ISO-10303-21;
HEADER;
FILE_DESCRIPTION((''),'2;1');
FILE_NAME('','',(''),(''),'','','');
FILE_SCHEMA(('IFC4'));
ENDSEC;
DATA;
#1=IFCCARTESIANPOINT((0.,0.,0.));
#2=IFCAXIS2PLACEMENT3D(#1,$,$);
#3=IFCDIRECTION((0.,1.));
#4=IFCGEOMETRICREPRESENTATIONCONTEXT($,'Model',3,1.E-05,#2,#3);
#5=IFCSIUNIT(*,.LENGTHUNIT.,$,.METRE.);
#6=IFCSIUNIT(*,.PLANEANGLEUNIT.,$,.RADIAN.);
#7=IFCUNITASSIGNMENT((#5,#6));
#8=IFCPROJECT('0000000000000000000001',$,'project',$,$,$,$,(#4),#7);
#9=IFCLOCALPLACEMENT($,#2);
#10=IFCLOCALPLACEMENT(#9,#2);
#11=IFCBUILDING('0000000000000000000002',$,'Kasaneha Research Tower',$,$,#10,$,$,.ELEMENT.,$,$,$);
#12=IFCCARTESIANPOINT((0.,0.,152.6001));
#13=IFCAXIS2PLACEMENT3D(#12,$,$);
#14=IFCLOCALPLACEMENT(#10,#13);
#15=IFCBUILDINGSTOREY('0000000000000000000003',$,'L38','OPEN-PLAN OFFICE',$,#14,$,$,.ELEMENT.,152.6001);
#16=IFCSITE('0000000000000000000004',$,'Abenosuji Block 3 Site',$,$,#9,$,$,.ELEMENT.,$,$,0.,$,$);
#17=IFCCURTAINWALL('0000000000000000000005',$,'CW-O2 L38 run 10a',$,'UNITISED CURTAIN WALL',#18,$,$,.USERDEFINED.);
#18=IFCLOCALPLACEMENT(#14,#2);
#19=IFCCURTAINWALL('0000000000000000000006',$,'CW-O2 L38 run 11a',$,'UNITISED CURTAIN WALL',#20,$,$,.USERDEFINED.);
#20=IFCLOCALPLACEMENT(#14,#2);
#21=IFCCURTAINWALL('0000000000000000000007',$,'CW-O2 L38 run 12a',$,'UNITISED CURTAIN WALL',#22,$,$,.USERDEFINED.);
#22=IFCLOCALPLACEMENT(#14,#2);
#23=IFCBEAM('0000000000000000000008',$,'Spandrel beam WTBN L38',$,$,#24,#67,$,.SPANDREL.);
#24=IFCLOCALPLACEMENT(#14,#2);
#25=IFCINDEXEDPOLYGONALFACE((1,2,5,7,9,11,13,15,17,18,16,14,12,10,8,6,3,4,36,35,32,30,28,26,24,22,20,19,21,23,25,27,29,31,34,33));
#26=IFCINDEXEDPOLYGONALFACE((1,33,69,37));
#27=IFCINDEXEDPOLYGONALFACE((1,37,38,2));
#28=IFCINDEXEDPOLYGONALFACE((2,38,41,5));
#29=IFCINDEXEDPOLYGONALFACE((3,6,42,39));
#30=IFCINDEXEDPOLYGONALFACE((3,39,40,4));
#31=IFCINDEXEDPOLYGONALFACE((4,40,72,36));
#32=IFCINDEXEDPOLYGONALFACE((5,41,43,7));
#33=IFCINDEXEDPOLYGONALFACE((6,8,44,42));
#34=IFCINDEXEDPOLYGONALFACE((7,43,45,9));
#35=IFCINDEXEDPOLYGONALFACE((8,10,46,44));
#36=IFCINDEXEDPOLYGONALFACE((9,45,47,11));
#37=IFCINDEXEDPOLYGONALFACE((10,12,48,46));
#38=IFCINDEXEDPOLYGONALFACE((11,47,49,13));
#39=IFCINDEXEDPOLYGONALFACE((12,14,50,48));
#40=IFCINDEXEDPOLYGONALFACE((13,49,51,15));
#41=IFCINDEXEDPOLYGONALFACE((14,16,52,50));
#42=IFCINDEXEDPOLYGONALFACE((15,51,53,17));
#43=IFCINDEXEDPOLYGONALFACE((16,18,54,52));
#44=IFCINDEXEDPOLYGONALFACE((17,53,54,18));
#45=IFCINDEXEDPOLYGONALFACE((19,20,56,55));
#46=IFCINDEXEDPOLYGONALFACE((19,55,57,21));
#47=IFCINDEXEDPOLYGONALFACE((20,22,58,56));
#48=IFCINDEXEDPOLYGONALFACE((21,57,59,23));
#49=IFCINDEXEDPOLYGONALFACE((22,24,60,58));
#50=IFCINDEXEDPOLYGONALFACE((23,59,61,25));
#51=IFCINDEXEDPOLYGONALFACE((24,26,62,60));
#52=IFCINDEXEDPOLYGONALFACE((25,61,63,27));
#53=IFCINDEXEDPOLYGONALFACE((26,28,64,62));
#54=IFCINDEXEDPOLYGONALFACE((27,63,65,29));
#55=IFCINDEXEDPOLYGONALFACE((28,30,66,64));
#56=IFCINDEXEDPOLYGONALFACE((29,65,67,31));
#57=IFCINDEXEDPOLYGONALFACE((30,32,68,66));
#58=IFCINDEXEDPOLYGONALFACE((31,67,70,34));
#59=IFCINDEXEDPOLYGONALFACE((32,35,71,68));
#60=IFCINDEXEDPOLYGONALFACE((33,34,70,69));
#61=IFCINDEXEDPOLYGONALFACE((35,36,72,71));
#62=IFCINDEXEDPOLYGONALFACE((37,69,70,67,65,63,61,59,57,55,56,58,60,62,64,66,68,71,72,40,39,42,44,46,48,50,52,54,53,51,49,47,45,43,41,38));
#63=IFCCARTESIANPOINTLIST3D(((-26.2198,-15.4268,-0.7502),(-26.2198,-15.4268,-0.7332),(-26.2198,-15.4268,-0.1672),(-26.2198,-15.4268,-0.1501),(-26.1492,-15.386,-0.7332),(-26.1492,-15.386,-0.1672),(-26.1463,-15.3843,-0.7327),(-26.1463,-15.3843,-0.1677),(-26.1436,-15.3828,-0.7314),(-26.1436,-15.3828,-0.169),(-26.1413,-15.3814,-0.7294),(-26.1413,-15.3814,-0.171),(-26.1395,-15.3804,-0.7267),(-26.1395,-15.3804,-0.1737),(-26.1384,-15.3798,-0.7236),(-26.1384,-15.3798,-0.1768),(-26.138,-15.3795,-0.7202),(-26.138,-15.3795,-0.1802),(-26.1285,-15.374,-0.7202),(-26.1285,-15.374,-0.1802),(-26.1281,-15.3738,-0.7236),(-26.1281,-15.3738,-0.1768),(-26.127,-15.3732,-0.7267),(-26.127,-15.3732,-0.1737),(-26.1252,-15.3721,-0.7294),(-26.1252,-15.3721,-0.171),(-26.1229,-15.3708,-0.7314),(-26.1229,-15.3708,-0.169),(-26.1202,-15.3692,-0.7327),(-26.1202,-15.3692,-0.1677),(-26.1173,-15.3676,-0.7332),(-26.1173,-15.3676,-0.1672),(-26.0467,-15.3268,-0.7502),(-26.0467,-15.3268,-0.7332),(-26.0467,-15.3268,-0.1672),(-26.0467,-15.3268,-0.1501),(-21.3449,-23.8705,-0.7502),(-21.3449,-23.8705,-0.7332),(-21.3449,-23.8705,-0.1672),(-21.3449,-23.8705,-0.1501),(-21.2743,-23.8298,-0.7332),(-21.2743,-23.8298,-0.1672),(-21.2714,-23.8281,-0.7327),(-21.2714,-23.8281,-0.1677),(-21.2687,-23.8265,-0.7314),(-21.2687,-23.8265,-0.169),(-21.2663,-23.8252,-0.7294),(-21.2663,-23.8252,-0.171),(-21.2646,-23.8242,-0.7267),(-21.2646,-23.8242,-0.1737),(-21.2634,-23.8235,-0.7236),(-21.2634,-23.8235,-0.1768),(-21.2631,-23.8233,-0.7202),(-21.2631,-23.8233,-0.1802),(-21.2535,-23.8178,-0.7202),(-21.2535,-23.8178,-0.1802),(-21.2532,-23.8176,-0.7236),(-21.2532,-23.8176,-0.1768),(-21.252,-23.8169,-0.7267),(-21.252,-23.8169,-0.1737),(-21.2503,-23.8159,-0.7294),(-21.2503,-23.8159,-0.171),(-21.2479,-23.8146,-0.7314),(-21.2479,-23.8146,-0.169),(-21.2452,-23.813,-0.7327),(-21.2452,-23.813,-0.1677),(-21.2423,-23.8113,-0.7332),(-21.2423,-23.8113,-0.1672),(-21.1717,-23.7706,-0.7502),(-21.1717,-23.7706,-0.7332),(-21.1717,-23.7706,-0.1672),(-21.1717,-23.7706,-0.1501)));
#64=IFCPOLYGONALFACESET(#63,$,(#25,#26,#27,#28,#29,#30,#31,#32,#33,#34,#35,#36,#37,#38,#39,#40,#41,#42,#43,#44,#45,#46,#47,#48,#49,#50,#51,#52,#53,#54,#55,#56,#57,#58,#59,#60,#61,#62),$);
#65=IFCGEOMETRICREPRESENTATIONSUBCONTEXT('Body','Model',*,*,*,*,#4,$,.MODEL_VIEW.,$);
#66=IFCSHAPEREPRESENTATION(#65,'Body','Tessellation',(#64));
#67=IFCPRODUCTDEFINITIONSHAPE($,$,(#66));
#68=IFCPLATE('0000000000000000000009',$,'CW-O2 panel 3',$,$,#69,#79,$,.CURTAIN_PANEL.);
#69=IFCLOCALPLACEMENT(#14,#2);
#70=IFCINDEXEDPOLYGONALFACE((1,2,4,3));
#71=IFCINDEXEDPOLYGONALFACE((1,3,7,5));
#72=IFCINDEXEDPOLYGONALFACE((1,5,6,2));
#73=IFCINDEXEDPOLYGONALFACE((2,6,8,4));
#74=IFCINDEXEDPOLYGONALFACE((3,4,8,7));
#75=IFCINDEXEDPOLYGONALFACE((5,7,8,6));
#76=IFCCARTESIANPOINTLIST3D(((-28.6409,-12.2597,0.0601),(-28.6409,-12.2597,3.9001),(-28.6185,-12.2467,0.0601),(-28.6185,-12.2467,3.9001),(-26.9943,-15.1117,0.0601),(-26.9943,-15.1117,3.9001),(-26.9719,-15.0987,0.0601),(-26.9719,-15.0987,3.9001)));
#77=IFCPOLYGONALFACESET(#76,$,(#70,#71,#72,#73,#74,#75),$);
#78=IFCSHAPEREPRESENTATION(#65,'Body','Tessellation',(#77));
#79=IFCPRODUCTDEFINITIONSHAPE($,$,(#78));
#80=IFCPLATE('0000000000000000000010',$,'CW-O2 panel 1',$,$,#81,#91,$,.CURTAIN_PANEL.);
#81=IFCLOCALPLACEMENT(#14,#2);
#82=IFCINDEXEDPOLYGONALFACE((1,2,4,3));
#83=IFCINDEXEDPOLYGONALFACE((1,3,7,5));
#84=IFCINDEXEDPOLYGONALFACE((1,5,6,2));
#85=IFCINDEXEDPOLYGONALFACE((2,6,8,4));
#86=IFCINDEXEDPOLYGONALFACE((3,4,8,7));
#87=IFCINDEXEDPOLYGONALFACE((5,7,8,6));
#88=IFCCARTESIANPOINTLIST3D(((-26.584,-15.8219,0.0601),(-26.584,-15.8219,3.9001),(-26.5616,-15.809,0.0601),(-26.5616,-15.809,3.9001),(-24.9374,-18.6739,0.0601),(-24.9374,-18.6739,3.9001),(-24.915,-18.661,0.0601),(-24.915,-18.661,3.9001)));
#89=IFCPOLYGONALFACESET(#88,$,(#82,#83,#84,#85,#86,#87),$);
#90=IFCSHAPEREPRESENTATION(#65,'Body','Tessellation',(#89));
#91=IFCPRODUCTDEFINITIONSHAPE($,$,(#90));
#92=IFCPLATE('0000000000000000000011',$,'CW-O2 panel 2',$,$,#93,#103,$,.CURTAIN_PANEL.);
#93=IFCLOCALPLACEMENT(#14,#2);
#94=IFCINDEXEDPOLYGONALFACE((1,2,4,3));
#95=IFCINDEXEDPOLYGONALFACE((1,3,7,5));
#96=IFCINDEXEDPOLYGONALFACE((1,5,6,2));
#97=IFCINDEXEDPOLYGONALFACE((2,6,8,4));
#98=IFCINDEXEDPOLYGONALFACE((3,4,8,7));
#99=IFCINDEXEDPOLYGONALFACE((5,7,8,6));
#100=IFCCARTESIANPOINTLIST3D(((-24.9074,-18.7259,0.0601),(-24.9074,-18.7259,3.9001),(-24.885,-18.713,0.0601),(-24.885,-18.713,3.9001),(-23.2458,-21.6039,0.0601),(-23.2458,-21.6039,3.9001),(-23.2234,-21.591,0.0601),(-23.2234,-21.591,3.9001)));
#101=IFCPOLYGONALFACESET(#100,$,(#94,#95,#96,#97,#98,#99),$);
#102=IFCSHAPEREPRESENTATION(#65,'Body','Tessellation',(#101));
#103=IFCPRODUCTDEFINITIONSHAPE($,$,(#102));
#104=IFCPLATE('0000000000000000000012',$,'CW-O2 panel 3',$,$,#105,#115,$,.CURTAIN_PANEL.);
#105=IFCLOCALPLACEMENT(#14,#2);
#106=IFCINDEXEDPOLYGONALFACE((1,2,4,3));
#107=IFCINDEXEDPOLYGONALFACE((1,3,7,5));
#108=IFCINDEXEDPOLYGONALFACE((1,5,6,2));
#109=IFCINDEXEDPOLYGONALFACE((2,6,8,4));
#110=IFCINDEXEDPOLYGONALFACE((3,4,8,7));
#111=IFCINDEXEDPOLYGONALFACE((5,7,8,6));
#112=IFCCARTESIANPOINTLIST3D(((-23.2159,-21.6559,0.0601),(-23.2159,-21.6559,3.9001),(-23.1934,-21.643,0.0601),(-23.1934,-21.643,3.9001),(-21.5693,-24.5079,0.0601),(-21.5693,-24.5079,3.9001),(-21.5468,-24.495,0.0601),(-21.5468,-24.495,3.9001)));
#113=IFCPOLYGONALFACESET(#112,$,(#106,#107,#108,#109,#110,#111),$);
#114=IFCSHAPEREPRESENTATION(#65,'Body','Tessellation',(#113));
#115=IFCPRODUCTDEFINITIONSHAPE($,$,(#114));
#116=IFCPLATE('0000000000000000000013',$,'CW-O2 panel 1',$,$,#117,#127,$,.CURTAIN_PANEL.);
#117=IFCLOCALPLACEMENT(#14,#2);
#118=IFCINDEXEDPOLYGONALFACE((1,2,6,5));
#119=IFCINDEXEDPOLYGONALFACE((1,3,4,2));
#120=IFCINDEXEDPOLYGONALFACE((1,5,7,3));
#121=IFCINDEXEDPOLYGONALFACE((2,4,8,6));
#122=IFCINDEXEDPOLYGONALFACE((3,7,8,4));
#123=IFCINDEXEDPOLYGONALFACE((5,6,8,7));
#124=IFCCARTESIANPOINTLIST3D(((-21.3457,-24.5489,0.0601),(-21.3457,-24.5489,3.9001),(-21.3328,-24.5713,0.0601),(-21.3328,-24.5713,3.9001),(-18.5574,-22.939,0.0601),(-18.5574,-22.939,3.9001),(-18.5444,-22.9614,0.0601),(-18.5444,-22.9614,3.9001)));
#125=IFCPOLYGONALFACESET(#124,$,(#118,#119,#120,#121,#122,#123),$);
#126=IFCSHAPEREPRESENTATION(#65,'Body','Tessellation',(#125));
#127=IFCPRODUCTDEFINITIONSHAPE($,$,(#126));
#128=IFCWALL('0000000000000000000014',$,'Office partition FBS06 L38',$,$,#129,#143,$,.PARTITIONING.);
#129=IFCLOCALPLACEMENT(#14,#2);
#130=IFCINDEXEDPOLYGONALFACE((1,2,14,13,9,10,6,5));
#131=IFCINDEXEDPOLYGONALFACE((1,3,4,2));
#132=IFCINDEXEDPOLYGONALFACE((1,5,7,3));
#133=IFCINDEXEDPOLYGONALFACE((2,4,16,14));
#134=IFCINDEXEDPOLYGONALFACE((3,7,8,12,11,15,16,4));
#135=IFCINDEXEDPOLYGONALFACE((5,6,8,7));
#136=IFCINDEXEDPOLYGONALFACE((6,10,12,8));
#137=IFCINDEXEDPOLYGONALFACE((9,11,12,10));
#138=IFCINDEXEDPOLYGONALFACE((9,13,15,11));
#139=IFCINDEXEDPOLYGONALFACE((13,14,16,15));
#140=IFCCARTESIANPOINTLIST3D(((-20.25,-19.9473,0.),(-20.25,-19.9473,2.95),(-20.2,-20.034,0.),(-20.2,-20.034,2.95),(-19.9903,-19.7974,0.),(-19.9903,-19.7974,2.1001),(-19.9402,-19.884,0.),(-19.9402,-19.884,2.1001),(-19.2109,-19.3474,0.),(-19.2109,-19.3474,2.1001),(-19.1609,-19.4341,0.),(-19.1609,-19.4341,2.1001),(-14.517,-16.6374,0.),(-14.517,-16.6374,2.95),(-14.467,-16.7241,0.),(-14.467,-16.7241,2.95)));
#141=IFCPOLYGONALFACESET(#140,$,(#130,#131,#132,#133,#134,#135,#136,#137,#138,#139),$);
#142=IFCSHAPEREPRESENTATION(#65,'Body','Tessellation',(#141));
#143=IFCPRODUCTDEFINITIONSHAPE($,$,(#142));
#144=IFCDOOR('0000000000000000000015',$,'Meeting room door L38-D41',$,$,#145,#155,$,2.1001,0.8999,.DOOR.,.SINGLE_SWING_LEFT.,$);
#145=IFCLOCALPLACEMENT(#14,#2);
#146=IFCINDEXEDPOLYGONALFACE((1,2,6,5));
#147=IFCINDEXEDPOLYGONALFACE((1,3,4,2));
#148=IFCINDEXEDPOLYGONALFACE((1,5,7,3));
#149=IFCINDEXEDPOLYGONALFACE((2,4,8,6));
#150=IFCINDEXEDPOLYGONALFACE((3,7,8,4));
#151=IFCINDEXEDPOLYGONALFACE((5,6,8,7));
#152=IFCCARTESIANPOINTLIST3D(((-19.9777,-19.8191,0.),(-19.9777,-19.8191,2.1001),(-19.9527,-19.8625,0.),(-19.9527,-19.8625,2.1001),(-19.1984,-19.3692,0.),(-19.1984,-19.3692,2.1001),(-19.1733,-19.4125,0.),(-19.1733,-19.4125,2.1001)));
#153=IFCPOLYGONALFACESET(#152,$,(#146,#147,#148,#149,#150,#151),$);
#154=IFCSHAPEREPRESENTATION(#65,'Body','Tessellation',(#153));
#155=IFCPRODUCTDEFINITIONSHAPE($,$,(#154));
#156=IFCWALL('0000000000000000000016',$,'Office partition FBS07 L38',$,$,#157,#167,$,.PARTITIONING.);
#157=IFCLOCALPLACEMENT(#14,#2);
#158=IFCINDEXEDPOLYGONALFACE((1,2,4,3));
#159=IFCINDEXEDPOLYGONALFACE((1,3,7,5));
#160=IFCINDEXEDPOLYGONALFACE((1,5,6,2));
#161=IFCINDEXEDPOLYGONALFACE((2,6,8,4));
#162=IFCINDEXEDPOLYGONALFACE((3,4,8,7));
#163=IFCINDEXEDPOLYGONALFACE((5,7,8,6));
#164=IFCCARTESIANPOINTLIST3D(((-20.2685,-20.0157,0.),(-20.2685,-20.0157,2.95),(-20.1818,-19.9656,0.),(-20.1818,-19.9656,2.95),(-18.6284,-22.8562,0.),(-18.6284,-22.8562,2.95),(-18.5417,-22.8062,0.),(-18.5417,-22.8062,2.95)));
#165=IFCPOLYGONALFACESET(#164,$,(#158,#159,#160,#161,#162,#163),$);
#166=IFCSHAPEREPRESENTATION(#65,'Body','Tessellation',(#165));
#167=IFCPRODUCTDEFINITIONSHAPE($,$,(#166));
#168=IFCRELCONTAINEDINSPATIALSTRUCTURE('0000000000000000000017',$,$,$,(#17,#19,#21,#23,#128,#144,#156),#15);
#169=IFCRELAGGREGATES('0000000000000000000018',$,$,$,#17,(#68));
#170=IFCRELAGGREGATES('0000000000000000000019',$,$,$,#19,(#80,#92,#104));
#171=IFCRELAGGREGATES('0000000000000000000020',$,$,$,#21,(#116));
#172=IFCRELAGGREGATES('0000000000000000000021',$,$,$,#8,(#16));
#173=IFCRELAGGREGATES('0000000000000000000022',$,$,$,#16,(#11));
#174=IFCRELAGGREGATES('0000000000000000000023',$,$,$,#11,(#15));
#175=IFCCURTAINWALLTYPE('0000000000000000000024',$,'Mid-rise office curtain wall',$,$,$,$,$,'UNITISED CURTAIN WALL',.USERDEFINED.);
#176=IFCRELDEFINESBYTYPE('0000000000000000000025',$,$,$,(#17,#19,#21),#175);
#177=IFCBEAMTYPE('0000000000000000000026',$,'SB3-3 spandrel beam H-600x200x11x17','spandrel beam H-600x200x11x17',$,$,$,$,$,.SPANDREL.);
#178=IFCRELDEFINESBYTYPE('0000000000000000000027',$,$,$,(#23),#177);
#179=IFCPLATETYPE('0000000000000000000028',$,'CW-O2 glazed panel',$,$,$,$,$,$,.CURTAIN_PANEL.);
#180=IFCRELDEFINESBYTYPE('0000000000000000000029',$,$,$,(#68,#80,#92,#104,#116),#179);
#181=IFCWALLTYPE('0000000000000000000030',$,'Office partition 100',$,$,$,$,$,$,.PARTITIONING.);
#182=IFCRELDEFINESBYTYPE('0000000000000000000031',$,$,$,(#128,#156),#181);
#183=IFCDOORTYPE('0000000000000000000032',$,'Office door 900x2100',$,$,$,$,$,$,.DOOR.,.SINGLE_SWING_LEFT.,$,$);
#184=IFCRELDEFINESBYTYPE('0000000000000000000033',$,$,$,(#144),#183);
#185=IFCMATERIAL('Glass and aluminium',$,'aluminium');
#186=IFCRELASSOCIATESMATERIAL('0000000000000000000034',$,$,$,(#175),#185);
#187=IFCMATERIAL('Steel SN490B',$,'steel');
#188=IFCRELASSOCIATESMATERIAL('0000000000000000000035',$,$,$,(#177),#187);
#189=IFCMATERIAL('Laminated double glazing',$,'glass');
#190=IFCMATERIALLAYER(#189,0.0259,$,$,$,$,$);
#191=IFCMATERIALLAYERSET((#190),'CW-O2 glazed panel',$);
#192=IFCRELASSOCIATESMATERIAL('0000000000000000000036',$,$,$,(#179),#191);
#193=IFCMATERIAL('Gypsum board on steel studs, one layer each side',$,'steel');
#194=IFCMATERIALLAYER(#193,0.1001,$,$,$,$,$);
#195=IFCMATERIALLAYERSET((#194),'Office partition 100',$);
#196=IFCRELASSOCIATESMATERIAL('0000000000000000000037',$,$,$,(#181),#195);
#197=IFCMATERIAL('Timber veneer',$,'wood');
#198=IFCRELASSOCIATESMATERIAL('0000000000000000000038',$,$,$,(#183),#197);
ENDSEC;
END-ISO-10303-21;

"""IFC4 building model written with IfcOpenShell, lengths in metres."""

from ifc_helpers import new_model, si_unit, direction, frame, frame_2d, origin, origin_2d, place, context, subcontext, project, spatial, rectangle, i_section, extrude, material, layer, layer_set, material_profile, profile_set, type_object, element, fill, aggregate, save


model = new_model("IFC4")

# Units and contexts
model_context = context("Model", 3, precision=1e-05, world=origin(), true_north=direction((0.0, 1.0)))
body_context = subcontext(model_context, "Body", "Model", "MODEL_VIEW")
ifc_project = project(units=[si_unit("LENGTHUNIT", "METRE"), si_unit("PLANEANGLEUNIT", "RADIAN")], contexts=[model_context])

# Site, building, storey
site_placement = place(None, origin())
site = spatial("IfcSite", under=ifc_project, at=site_placement, Name="Abenosuji Block 3 Site", CompositionType="ELEMENT", RefElevation=0.0)
building_placement = place(site_placement, origin())
building = spatial("IfcBuilding", under=site, at=building_placement, Name="Kasaneha Research Tower", CompositionType="ELEMENT")
storey_placement = place(building_placement, frame((0.0, 0.0, 152.6001)))
storey = spatial("IfcBuildingStorey", under=building, at=storey_placement, Name="L38", Description="OPEN-PLAN OFFICE", CompositionType="ELEMENT", Elevation=152.6001)

# Curtain wall
ifc_material_1 = material(Name="Glass and aluminium", Category="aluminium")
curtain_wall_type = type_object("IfcCurtainWallType", Name="Mid-rise office curtain wall", ElementType="UNITISED CURTAIN WALL", PredefinedType="USERDEFINED", material=ifc_material_1)
curtain_wall_1_placement = place(storey_placement, origin())
curtain_wall_1 = element("IfcCurtainWall", 1, at=curtain_wall_1_placement, inside=storey, type_object=curtain_wall_type, Name="CW-O2 L38 run 10a", ObjectType="UNITISED CURTAIN WALL", PredefinedType="USERDEFINED")

# Curtain walls
curtain_wall_2_placement = place(storey_placement, origin())
curtain_wall_2 = element("IfcCurtainWall", 2, at=curtain_wall_2_placement, inside=storey, type_object=curtain_wall_type, Name="CW-O2 L38 run 11a", ObjectType="UNITISED CURTAIN WALL", PredefinedType="USERDEFINED")
curtain_wall_3_placement = place(storey_placement, origin())
curtain_wall_3 = element("IfcCurtainWall", 3, at=curtain_wall_3_placement, inside=storey, type_object=curtain_wall_type, Name="CW-O2 L38 run 12a", ObjectType="UNITISED CURTAIN WALL", PredefinedType="USERDEFINED")

# Beam
ifc_material_2 = material(Name="Steel SN490B", Category="steel")
ifc_material_profile_1 = material_profile(ifc_material_2, i_section(OverallWidth=0.2, OverallDepth=0.6001, WebThickness=0.011, FlangeThickness=0.0171, FilletRadius=0.0129, at=origin_2d()), Name="H-600x200x11x17")
ifc_profile_set_1 = profile_set([ifc_material_profile_1], Name="Steel SN490B")
beam_type = type_object("IfcBeamType", Name="SB3-3 spandrel beam H-600x200x11x17", Description="spandrel beam H-600x200x11x17", PredefinedType="SPANDREL", material=ifc_profile_set_1)
beam_placement = place(storey_placement, frame((-21.2583, -23.8206, -0.4502), z_axis=(-0.499996, 0.866028, 0.0), x_axis=(-0.866028, -0.499996, 0.0)))
element("IfcBeam", 4, at=beam_placement, inside=storey, type_object=beam_type, Name="Spandrel beam WTBN L38", PredefinedType="SPANDREL", context=body_context, shape_type="SweptSolid", body=[
    extrude(i_section(OverallWidth=0.2, OverallDepth=0.6001, WebThickness=0.011, FlangeThickness=0.0171, FilletRadius=0.0129, at=origin_2d()), origin(), (0.0, 0.0, 1.0), 9.75),
])

# Plates
ifc_material_3 = material(Name="Laminated double glazing", Category="glass")
ifc_layer_1 = layer(ifc_material_3, 0.0259)
ifc_layer_set_1 = layer_set([ifc_layer_1], Name="CW-O2 glazed panel")
plate_type = type_object("IfcPlateType", Name="CW-O2 glazed panel", PredefinedType="CURTAIN_PANEL", material=ifc_layer_set_1)
plate_1_placement = place(storey_placement, frame((-27.8064, -13.6792, 0.0601), z_axis=(0.0, 0.0, 1.0), x_axis=(0.5, -0.866025, 0.0)))
plate_1 = element("IfcPlate", 5, at=plate_1_placement, type_object=plate_type, Name="CW-O2 panel 3", PredefinedType="CURTAIN_PANEL", context=body_context, shape_type="SweptSolid", body=[
    extrude(rectangle(XDim=3.2932, YDim=0.0259, at=origin_2d()), origin(), (0.0, 0.0, 1.0), 3.8401),
])
aggregate(curtain_wall_1, [plate_1])
plate_2_placement = place(storey_placement, frame((-25.7495, -17.2415, 0.0601), z_axis=(0.0, 0.0, 1.0), x_axis=(0.5, -0.866025, 0.0)))
plate_2 = element("IfcPlate", 6, at=plate_2_placement, type_object=plate_type, Name="CW-O2 panel 1", PredefinedType="CURTAIN_PANEL", context=body_context, shape_type="SweptSolid", body=[
    extrude(rectangle(XDim=3.2932, YDim=0.0259, at=origin_2d()), origin(), (0.0, 0.0, 1.0), 3.8401),
])
plate_3_placement = place(storey_placement, frame((-24.0654, -20.1584, 0.0601), z_axis=(0.0, 0.0, 1.0), x_axis=(0.5, -0.866025, 0.0)))
plate_3 = element("IfcPlate", 7, at=plate_3_placement, type_object=plate_type, Name="CW-O2 panel 2", PredefinedType="CURTAIN_PANEL", context=body_context, shape_type="SweptSolid", body=[
    extrude(rectangle(XDim=3.3232, YDim=0.0259, at=origin_2d()), origin(), (0.0, 0.0, 1.0), 3.8401),
])
plate_4_placement = place(storey_placement, frame((-22.3813, -23.0754, 0.0601), z_axis=(0.0, 0.0, 1.0), x_axis=(0.5, -0.866025, 0.0)))
plate_4 = element("IfcPlate", 8, at=plate_4_placement, type_object=plate_type, Name="CW-O2 panel 3", PredefinedType="CURTAIN_PANEL", context=body_context, shape_type="SweptSolid", body=[
    extrude(rectangle(XDim=3.2932, YDim=0.0259, at=origin_2d()), origin(), (0.0, 0.0, 1.0), 3.8401),
])
aggregate(curtain_wall_2, [plate_2, plate_3, plate_4])
plate_5_placement = place(storey_placement, frame((-19.9451, -23.7551, 0.0601), z_axis=(0.0, 0.0, 1.0), x_axis=(0.866025, 0.5, 0.0)))
plate_5 = element("IfcPlate", 9, at=plate_5_placement, type_object=plate_type, Name="CW-O2 panel 1", PredefinedType="CURTAIN_PANEL", context=body_context, shape_type="SweptSolid", body=[
    extrude(rectangle(XDim=3.2197, YDim=0.0259, at=origin_2d()), origin(), (0.0, 0.0, 1.0), 3.8401),
])
aggregate(curtain_wall_3, [plate_5])

# Wall, opening, door
ifc_material_4 = material(Name="Gypsum board on steel studs, one layer each side", Category="steel")
ifc_layer_2 = layer(ifc_material_4, 0.1001)
ifc_layer_set_2 = layer_set([ifc_layer_2], Name="Office partition 100")
wall_type = type_object("IfcWallType", Name="Office partition 100", PredefinedType="PARTITIONING", material=ifc_layer_set_2)
wall_1_placement = place(storey_placement, frame((-20.2251, -19.9907, 0.0), z_axis=(0.0, 0.0, 1.0), x_axis=(0.866031, 0.499991, 0.0)))
wall_1 = element("IfcWall", 10, at=wall_1_placement, inside=storey, type_object=wall_type, Name="Office partition FBS06 L38", PredefinedType="PARTITIONING", context=body_context, shape_type="SweptSolid", body=[
    extrude(rectangle(XDim=6.6199, YDim=0.1001, at=frame_2d((3.3101, 0.0))), origin(), (0.0, 0.0, 1.0), 2.95),
])
opening_1_placement = place(wall_1_placement, frame((0.3, 0.0, 0.0)))
opening_1 = element("IfcOpeningElement", 11, at=opening_1_placement, cuts=wall_1, PredefinedType="OPENING", context=body_context, shape_type="SweptSolid", body=[
    extrude(rectangle(XDim=0.8999, YDim=2.1001, at=frame_2d((0.45, 1.05))), frame((0.0, 0.0601, 0.0), z_axis=(0.0, -1.0, 0.0), x_axis=(1.0, 0.0, 0.0)), (0.0, 0.0, 1.0), 0.1201),
])
ifc_material_5 = material(Name="Timber veneer", Category="wood")
door_type = type_object("IfcDoorType", Name="Office door 900x2100", OperationType="SINGLE_SWING_LEFT", PredefinedType="DOOR", material=ifc_material_5)
door_1_placement = place(opening_1_placement, origin())
door_1 = element("IfcDoor", 12, at=door_1_placement, inside=storey, type_object=door_type, Name="Meeting room door L38-D41", OperationType="SINGLE_SWING_LEFT", OverallHeight=2.1001, OverallWidth=0.8999, PredefinedType="DOOR", context=body_context, shape_type="SweptSolid", body=[
    extrude(rectangle(XDim=0.8999, YDim=2.1001, at=frame_2d((0.45, 1.05))), frame((0.0, 0.0249, 0.0), z_axis=(0.0, -1.0, 0.0), x_axis=(1.0, 0.0, 0.0)), (0.0, 0.0, 1.0), 0.05),
])
fill(opening_1, door_1)

# Wall
wall_2_placement = place(storey_placement, frame((-18.585, -22.8313, 0.0), z_axis=(0.0, 0.0, 1.0), x_axis=(-0.50003, 0.866008, 0.0)))
element("IfcWall", 13, at=wall_2_placement, inside=storey, type_object=wall_type, Name="Office partition FBS07 L38", PredefinedType="PARTITIONING", context=body_context, shape_type="SweptSolid", body=[
    extrude(rectangle(XDim=3.28, YDim=0.1001, at=frame_2d((1.6401, 0.0))), origin(), (0.0, 0.0, 1.0), 2.95),
])

save(model, "model.ifc")
